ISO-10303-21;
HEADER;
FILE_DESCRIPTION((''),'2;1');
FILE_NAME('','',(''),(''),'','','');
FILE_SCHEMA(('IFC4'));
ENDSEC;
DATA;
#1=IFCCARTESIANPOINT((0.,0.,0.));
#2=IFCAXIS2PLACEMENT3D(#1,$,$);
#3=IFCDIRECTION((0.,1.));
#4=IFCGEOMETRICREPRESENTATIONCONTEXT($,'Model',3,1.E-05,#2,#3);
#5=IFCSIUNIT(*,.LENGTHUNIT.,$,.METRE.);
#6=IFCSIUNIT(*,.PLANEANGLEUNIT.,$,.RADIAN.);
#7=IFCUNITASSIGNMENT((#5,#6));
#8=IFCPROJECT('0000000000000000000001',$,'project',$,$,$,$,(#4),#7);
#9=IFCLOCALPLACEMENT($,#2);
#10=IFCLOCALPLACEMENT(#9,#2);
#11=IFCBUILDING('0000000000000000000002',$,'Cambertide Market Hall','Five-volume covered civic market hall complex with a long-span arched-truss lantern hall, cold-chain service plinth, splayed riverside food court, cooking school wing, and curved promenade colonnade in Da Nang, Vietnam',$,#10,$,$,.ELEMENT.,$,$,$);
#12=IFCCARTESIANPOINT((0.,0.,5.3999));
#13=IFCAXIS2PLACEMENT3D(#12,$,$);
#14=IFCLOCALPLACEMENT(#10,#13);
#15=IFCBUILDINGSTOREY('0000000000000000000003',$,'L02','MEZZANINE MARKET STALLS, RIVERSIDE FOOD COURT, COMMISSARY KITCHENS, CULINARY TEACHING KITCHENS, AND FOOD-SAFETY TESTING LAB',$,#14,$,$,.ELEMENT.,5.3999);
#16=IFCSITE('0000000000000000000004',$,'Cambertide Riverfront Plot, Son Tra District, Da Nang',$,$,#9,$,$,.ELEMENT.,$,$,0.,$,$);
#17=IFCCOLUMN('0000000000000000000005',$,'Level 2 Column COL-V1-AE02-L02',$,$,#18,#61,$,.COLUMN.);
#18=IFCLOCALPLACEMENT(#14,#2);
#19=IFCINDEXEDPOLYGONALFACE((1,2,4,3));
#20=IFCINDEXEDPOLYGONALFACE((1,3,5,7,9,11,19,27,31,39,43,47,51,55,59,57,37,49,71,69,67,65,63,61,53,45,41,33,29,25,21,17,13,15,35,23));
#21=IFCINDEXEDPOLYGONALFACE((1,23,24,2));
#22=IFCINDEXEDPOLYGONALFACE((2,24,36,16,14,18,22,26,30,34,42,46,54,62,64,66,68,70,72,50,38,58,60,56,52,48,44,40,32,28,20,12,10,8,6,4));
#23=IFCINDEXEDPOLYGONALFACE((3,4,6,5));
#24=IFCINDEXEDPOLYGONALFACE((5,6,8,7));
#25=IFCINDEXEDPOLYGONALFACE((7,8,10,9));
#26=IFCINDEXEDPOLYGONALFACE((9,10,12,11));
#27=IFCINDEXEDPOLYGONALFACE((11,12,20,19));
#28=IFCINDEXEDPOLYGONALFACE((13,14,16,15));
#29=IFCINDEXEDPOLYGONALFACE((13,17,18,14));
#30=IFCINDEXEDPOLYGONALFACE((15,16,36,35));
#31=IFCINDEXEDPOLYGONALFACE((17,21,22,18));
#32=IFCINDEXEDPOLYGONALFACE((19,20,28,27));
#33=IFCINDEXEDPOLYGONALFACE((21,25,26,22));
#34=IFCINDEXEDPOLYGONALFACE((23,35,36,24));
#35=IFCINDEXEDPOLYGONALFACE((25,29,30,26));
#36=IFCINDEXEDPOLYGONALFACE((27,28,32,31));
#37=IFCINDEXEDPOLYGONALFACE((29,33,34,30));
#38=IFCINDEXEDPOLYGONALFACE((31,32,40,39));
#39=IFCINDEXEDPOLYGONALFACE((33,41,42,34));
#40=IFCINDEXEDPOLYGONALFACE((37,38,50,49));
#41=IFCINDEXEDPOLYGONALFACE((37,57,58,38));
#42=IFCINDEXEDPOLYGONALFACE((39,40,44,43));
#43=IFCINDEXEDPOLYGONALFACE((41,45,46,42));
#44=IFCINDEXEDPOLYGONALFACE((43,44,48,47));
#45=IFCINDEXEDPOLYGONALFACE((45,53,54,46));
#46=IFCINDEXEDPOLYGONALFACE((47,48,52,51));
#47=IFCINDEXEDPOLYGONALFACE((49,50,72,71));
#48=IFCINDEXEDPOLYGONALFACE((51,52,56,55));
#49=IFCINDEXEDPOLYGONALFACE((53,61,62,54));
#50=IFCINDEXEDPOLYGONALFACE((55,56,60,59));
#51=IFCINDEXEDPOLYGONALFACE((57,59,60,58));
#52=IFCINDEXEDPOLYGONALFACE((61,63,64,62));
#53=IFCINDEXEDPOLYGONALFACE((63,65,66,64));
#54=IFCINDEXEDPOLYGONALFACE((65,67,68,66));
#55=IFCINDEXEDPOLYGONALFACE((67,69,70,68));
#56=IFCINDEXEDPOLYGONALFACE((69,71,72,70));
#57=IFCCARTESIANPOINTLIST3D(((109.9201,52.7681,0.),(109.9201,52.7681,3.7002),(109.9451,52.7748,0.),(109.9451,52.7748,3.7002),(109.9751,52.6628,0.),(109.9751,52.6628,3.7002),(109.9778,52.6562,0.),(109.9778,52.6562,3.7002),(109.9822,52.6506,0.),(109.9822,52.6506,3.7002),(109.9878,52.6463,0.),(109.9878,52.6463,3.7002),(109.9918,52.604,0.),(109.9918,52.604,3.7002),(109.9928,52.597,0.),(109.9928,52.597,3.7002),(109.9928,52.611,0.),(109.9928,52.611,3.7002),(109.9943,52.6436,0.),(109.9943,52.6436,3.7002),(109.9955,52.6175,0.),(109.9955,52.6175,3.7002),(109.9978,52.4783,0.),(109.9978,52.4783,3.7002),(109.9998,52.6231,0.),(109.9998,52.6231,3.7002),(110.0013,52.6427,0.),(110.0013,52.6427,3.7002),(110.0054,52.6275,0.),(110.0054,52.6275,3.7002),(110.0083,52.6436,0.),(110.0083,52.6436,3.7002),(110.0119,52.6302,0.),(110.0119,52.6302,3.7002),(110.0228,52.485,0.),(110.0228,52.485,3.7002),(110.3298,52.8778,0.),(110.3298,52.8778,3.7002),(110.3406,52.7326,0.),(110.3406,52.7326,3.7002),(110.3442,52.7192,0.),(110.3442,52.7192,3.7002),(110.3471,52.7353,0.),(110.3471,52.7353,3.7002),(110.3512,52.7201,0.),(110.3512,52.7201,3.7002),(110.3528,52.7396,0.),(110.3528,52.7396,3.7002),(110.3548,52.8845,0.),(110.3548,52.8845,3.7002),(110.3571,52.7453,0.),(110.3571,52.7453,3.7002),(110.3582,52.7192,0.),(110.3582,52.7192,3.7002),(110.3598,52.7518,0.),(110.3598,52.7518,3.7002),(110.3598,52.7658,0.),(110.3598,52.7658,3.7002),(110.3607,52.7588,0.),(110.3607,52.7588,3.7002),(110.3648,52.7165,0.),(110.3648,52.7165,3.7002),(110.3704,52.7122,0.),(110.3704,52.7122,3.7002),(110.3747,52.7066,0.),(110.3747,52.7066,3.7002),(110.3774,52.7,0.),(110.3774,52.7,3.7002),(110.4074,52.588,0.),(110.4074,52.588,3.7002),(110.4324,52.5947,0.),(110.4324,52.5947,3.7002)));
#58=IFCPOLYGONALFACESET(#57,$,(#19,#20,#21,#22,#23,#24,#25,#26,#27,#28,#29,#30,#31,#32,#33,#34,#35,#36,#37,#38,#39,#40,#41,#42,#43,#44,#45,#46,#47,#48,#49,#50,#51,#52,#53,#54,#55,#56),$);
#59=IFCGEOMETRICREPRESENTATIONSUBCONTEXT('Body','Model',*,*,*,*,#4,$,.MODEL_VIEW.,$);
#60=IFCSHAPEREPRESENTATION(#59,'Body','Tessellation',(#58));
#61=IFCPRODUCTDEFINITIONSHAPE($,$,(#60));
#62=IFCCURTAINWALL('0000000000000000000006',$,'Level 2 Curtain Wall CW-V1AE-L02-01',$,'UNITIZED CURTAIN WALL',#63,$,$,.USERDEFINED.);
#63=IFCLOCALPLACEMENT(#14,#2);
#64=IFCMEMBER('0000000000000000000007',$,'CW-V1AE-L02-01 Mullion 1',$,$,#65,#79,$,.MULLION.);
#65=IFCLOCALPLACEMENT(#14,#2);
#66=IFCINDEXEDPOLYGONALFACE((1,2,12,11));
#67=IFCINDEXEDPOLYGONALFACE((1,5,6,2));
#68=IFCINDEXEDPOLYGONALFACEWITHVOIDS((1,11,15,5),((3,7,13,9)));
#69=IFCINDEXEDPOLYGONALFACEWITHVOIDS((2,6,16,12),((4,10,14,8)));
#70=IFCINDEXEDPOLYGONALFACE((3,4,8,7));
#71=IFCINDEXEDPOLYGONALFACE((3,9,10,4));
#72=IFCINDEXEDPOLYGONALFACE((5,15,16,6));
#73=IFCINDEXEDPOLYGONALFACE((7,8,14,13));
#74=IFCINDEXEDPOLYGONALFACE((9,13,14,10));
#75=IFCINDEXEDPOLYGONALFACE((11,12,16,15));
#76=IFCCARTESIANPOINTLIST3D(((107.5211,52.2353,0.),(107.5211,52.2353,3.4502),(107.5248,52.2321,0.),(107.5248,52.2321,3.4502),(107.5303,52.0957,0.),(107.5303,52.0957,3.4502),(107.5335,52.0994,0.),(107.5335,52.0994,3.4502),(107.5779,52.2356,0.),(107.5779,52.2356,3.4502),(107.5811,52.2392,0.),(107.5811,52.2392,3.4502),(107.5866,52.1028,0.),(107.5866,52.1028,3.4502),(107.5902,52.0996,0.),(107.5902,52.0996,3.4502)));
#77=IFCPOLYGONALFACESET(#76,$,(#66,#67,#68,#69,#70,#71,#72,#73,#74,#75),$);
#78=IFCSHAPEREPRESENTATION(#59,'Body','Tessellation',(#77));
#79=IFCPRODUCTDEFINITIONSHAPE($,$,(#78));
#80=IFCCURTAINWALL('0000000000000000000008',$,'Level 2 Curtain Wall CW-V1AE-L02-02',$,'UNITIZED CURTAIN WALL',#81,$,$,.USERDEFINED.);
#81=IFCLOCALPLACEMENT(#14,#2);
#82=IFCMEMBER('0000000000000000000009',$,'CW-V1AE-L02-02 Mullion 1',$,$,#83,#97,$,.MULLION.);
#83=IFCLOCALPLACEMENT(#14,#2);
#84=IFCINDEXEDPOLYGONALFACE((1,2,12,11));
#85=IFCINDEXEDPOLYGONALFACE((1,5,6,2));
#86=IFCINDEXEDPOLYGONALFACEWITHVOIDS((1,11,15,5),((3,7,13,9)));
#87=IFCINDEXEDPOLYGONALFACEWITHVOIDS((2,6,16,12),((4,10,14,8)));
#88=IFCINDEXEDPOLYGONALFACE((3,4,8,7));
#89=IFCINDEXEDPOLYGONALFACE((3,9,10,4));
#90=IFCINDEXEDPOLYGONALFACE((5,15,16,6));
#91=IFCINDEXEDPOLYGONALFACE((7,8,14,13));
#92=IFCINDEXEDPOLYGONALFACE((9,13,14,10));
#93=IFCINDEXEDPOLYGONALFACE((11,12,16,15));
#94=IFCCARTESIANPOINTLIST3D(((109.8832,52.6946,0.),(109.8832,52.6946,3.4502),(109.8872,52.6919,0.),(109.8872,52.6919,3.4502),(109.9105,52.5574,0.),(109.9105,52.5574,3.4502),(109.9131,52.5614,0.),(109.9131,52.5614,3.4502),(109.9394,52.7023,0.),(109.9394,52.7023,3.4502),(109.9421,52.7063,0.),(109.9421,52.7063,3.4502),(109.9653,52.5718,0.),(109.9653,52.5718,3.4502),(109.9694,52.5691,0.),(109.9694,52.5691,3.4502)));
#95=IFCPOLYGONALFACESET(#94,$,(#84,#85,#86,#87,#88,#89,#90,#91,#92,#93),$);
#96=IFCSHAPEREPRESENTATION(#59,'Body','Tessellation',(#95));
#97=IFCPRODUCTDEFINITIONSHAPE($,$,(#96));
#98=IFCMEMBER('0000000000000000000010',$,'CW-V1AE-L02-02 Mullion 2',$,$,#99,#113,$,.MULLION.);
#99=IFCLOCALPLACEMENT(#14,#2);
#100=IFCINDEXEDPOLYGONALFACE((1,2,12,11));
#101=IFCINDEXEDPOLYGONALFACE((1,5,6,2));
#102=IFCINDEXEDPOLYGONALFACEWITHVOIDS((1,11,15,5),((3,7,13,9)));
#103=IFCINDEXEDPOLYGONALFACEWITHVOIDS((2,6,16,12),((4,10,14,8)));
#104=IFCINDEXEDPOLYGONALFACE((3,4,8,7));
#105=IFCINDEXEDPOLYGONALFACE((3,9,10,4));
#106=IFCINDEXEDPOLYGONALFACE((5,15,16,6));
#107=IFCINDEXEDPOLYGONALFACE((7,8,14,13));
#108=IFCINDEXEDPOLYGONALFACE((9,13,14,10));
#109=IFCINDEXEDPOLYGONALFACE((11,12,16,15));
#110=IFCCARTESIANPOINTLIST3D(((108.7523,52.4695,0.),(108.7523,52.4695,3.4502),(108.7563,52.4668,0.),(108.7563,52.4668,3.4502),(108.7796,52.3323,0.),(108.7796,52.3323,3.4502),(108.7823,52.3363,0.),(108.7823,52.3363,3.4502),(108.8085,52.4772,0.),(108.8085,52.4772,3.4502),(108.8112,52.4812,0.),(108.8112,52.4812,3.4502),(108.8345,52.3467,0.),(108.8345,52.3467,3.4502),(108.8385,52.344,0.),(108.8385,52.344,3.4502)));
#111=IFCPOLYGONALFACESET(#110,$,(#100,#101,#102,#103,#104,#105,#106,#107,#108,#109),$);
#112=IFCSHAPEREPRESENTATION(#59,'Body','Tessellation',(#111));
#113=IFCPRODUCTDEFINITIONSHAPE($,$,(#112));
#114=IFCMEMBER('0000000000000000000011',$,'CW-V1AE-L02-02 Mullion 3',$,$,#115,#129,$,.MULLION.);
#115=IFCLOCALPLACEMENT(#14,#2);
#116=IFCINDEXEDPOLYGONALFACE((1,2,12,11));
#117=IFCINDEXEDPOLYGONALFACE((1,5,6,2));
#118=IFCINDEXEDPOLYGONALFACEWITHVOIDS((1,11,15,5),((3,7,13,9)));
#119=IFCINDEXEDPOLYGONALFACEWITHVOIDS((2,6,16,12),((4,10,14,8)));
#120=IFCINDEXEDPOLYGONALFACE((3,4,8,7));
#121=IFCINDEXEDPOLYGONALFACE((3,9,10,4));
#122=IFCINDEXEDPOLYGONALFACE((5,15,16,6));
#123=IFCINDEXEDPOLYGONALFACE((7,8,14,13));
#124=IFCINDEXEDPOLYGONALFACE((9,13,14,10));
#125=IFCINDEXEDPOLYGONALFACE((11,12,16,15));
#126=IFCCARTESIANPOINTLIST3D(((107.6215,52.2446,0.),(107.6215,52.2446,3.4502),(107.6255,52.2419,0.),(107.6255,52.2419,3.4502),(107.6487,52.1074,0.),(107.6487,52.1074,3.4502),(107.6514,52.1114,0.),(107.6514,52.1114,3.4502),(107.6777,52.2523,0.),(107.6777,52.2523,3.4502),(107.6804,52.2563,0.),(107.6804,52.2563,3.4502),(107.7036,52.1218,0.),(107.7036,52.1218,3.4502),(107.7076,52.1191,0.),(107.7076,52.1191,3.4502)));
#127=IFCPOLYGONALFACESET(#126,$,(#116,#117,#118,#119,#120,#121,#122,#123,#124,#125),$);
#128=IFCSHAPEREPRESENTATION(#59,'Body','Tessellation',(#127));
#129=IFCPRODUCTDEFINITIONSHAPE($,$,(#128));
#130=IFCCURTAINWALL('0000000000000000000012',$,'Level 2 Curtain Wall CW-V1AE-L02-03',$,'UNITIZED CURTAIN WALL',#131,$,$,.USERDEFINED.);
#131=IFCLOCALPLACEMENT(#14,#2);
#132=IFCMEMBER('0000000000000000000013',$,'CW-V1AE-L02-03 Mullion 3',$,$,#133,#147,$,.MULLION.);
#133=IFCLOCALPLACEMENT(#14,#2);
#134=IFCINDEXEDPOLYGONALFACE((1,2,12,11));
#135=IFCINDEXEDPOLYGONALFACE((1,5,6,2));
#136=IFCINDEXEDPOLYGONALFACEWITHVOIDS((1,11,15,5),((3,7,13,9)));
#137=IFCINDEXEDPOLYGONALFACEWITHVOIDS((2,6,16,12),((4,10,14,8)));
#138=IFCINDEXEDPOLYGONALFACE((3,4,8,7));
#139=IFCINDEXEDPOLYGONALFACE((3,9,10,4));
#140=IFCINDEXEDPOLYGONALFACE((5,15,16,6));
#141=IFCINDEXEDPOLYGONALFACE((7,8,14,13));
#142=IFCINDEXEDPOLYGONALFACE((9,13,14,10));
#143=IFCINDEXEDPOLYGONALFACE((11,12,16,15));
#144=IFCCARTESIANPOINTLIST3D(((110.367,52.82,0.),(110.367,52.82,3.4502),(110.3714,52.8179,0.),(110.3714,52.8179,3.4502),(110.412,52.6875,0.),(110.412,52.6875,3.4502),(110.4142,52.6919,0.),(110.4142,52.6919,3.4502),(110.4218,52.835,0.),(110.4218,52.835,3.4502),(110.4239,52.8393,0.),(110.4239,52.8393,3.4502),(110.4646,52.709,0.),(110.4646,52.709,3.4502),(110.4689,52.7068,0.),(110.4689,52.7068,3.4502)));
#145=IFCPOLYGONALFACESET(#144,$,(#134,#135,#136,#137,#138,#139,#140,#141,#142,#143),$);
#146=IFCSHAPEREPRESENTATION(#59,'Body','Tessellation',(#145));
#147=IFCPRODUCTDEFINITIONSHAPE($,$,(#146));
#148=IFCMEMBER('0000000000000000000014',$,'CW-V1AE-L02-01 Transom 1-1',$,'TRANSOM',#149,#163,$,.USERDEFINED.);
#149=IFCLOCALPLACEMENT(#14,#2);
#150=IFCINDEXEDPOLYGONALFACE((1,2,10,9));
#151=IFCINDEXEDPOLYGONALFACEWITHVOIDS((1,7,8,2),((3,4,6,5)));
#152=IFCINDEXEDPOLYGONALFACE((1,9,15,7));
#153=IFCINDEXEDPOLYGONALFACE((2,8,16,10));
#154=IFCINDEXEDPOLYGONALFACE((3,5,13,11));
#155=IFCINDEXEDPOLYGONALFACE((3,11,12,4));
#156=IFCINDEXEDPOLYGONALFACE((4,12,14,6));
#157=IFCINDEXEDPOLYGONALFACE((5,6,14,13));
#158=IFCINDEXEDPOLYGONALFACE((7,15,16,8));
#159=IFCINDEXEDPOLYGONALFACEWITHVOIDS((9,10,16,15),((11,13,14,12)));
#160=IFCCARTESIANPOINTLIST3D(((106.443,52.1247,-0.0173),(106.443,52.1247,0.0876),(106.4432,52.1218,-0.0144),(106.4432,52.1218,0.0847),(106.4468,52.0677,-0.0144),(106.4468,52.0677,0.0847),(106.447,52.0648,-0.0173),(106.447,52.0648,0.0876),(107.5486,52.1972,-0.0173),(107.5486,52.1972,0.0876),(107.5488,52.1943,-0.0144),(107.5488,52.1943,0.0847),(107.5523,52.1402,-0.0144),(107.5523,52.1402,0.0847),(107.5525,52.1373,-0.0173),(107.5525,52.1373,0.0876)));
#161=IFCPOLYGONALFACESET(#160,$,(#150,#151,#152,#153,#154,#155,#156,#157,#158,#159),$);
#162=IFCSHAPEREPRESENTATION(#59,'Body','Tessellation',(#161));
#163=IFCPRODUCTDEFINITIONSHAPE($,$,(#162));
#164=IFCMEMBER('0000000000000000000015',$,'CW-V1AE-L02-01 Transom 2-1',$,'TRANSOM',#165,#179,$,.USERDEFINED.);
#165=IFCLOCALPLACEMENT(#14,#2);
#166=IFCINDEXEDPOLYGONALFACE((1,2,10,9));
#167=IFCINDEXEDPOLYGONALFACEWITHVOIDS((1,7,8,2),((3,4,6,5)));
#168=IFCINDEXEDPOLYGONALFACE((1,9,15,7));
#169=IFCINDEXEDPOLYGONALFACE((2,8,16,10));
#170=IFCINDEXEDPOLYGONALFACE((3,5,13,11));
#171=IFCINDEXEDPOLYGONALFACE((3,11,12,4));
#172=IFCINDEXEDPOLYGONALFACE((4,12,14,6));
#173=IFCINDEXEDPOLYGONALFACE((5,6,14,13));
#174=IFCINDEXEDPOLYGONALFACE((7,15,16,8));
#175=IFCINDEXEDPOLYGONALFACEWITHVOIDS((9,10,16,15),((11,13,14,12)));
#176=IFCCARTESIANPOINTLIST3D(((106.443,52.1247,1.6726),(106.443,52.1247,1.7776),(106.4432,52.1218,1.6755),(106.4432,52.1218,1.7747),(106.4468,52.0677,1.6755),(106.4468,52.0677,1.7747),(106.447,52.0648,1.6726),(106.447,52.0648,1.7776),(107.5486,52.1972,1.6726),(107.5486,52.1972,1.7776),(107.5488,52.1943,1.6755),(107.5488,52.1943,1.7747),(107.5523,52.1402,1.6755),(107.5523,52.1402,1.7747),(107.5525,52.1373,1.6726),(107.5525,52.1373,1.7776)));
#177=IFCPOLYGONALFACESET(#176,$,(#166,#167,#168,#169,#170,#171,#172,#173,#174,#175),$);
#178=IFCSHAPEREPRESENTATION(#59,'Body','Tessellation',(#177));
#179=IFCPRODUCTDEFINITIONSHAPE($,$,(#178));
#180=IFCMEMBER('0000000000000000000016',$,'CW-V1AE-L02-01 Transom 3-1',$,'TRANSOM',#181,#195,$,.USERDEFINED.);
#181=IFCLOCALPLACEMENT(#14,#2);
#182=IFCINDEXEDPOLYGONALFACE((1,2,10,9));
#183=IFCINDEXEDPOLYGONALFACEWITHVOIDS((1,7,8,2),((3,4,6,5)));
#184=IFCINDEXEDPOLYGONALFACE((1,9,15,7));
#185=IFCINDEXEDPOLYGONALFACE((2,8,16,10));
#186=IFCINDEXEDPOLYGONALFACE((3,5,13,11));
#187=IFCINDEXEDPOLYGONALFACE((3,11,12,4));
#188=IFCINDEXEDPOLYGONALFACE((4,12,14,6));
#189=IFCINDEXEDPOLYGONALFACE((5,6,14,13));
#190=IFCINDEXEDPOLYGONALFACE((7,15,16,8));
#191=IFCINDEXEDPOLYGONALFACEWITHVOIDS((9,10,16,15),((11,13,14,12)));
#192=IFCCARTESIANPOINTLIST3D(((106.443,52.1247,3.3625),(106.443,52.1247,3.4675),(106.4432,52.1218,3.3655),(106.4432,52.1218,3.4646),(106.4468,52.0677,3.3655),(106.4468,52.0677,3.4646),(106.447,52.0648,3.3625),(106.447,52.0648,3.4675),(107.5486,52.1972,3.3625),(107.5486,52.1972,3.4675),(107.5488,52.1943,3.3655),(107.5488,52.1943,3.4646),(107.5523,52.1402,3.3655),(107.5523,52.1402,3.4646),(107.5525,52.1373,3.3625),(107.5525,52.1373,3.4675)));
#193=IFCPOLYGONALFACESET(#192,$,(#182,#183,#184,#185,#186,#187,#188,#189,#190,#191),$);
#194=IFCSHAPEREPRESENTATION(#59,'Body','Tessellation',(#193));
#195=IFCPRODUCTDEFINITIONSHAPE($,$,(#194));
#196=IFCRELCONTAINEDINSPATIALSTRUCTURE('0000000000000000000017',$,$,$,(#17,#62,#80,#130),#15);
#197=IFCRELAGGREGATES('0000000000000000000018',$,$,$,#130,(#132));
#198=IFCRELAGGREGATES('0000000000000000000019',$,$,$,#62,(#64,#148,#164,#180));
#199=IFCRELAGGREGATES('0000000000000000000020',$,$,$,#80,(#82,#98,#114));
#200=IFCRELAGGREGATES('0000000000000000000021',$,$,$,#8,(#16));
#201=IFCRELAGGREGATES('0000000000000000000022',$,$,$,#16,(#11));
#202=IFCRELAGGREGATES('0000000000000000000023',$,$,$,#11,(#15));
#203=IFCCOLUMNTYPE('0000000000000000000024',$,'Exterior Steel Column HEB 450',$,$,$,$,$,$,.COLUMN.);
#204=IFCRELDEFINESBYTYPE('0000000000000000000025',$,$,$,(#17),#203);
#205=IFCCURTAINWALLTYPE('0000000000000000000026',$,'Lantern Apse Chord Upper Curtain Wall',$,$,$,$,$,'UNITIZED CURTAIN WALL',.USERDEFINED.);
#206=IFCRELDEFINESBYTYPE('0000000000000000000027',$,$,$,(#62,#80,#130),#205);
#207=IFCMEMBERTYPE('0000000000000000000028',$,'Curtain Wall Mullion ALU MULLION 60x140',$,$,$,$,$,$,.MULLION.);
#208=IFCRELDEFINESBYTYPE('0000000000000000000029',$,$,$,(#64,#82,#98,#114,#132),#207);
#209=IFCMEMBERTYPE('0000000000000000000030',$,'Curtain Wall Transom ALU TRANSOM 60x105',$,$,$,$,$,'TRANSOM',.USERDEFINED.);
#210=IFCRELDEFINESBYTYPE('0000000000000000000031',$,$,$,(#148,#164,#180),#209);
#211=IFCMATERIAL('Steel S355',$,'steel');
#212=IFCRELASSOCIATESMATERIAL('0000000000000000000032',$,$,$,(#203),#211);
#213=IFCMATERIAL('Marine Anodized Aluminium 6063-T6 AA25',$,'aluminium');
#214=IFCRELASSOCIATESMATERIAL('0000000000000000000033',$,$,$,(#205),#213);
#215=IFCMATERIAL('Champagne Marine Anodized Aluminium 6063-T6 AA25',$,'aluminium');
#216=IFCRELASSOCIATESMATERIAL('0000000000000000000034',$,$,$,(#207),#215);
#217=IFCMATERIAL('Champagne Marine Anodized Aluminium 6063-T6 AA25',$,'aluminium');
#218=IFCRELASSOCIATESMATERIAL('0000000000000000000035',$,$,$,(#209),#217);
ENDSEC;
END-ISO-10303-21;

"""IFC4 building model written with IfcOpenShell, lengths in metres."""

from ifc_helpers import new_model, si_unit, direction, frame, origin, origin_2d, place, context, subcontext, project, spatial, hollow_rectangle, i_section, extrude, material, material_profile, profile_set, type_object, element, aggregate, save


model = new_model("IFC4")

# Units and contexts
model_context = context("Model", 3, precision=1e-05, world=origin(), true_north=direction((0.0, 1.0)))
body_context = subcontext(model_context, "Body", "Model", "MODEL_VIEW")
ifc_project = project(units=[si_unit("LENGTHUNIT", "METRE"), si_unit("PLANEANGLEUNIT", "RADIAN")], contexts=[model_context])

# Site, building, storey
site_placement = place(None, origin())
site = spatial("IfcSite", under=ifc_project, at=site_placement, Name="Cambertide Riverfront Plot, Son Tra District, Da Nang", CompositionType="ELEMENT", RefElevation=0.0)
building_placement = place(site_placement, origin())
building = spatial("IfcBuilding", under=site, at=building_placement, Name="Cambertide Market Hall", Description="Five-volume covered civic market hall complex with a long-span arched-truss lantern hall, cold-chain service plinth, splayed riverside food court, cooking school wing, and curved promenade colonnade in Da Nang, Vietnam", CompositionType="ELEMENT")
storey_placement = place(building_placement, frame((0.0, 0.0, 5.3999)))
storey = spatial("IfcBuildingStorey", under=building, at=storey_placement, Name="L02", Description="MEZZANINE MARKET STALLS, RIVERSIDE FOOD COURT, COMMISSARY KITCHENS, CULINARY TEACHING KITCHENS, AND FOOD-SAFETY TESTING LAB", CompositionType="ELEMENT", Elevation=5.3999)

# Column
ifc_material_1 = material(Name="Steel S355", Category="steel")
ifc_material_profile_1 = material_profile(ifc_material_1, i_section(OverallWidth=0.3, OverallDepth=0.45, WebThickness=0.0139, FlangeThickness=0.0259, FilletRadius=0.0271, at=origin_2d()), Name="HEB 450")
ifc_profile_set_1 = profile_set([ifc_material_profile_1], Name="Steel S355")
column_type = type_object("IfcColumnType", Name="Exterior Steel Column HEB 450", PredefinedType="COLUMN", material=ifc_profile_set_1)
column_placement = place(storey_placement, frame((110.1763, 52.6814, 0.0), z_axis=(0.0, 0.0, 1.0), x_axis=(0.258819, -0.965926, 0.0)))
element("IfcColumn", 1, at=column_placement, inside=storey, type_object=column_type, Name="Level 2 Column COL-V1-AE02-L02", PredefinedType="COLUMN", context=body_context, shape_type="SweptSolid", body=[
    extrude(i_section(OverallWidth=0.3, OverallDepth=0.45, WebThickness=0.0139, FlangeThickness=0.0259, FilletRadius=0.0271, at=origin_2d()), origin(), (0.0, 0.0, 1.0), 3.7002),
])

# Curtain wall, member
ifc_material_2 = material(Name="Marine Anodized Aluminium 6063-T6 AA25", Category="aluminium")
curtain_wall_type = type_object("IfcCurtainWallType", Name="Lantern Apse Chord Upper Curtain Wall", ElementType="UNITIZED CURTAIN WALL", PredefinedType="USERDEFINED", material=ifc_material_2)
curtain_wall_1_placement = place(storey_placement, origin())
curtain_wall_1 = element("IfcCurtainWall", 2, at=curtain_wall_1_placement, inside=storey, type_object=curtain_wall_type, Name="Level 2 Curtain Wall CW-V1AE-L02-01", ObjectType="UNITIZED CURTAIN WALL", PredefinedType="USERDEFINED")
ifc_material_3 = material(Name="Champagne Marine Anodized Aluminium 6063-T6 AA25", Category="aluminium")
ifc_material_profile_2 = material_profile(ifc_material_3, hollow_rectangle(XDim=0.0601, YDim=0.1399, WallThickness=0.0034, at=origin_2d()), Name="ALU MULLION 60x140")
ifc_profile_set_2 = profile_set([ifc_material_profile_2], Name="Champagne Marine Anodized Aluminium 6063-T6 AA25")
member_type_1 = type_object("IfcMemberType", Name="Curtain Wall Mullion ALU MULLION 60x140", PredefinedType="MULLION", material=ifc_profile_set_2)
member_1_placement = place(storey_placement, frame((107.5557, 52.1675, 0.0), z_axis=(0.0, 0.0, 1.0), x_axis=(-0.997859, -0.065403, 0.0)))
member_1 = element("IfcMember", 3, at=member_1_placement, type_object=member_type_1, Name="CW-V1AE-L02-01 Mullion 1", PredefinedType="MULLION", context=body_context, shape_type="SweptSolid", body=[
    extrude(hollow_rectangle(XDim=0.0601, YDim=0.1399, WallThickness=0.0034, at=origin_2d()), origin(), (0.0, 0.0, 1.0), 3.4502),
])

# Curtain wall, members
curtain_wall_2_placement = place(storey_placement, origin())
curtain_wall_2 = element("IfcCurtainWall", 4, at=curtain_wall_2_placement, inside=storey, type_object=curtain_wall_type, Name="Level 2 Curtain Wall CW-V1AE-L02-02", ObjectType="UNITIZED CURTAIN WALL", PredefinedType="USERDEFINED")
member_2_placement = place(storey_placement, frame((109.9263, 52.6318, 0.0), z_axis=(0.0, 0.0, 1.0), x_axis=(-0.980785, -0.19509, 0.0)))
member_2 = element("IfcMember", 5, at=member_2_placement, type_object=member_type_1, Name="CW-V1AE-L02-02 Mullion 1", PredefinedType="MULLION", context=body_context, shape_type="SweptSolid", body=[
    extrude(hollow_rectangle(XDim=0.0601, YDim=0.1399, WallThickness=0.0034, at=origin_2d()), origin(), (0.0, 0.0, 1.0), 3.4502),
])
member_3_placement = place(storey_placement, frame((108.7954, 52.4067, 0.0), z_axis=(0.0, 0.0, 1.0), x_axis=(-0.980785, -0.19509, 0.0)))
member_3 = element("IfcMember", 6, at=member_3_placement, type_object=member_type_1, Name="CW-V1AE-L02-02 Mullion 2", PredefinedType="MULLION", context=body_context, shape_type="SweptSolid", body=[
    extrude(hollow_rectangle(XDim=0.0601, YDim=0.1399, WallThickness=0.0034, at=origin_2d()), origin(), (0.0, 0.0, 1.0), 3.4502),
])
member_4_placement = place(storey_placement, frame((107.6646, 52.1819, 0.0), z_axis=(0.0, 0.0, 1.0), x_axis=(-0.980785, -0.19509, 0.0)))
member_4 = element("IfcMember", 7, at=member_4_placement, type_object=member_type_1, Name="CW-V1AE-L02-02 Mullion 3", PredefinedType="MULLION", context=body_context, shape_type="SweptSolid", body=[
    extrude(hollow_rectangle(XDim=0.0601, YDim=0.1399, WallThickness=0.0034, at=origin_2d()), origin(), (0.0, 0.0, 1.0), 3.4502),
])

# Curtain wall, member
curtain_wall_3_placement = place(storey_placement, origin())
curtain_wall_3 = element("IfcCurtainWall", 8, at=curtain_wall_3_placement, inside=storey, type_object=curtain_wall_type, Name="Level 2 Curtain Wall CW-V1AE-L02-03", ObjectType="UNITIZED CURTAIN WALL", PredefinedType="USERDEFINED")
member_5_placement = place(storey_placement, frame((110.418, 52.7634, 0.0), z_axis=(0.0, 0.0, 1.0), x_axis=(-0.94693, -0.321439, 0.0)))
member_5 = element("IfcMember", 9, at=member_5_placement, type_object=member_type_1, Name="CW-V1AE-L02-03 Mullion 3", PredefinedType="MULLION", context=body_context, shape_type="SweptSolid", body=[
    extrude(hollow_rectangle(XDim=0.0601, YDim=0.1399, WallThickness=0.0034, at=origin_2d()), origin(), (0.0, 0.0, 1.0), 3.4502),
])
aggregate(curtain_wall_3, [member_5])

# Members
ifc_material_4 = material(Name="Champagne Marine Anodized Aluminium 6063-T6 AA25", Category="aluminium")
ifc_material_profile_3 = material_profile(ifc_material_4, hollow_rectangle(XDim=0.0601, YDim=0.105, WallThickness=0.0029, at=origin_2d()), Name="ALU TRANSOM 60x105")
ifc_profile_set_3 = profile_set([ifc_material_profile_3], Name="Champagne Marine Anodized Aluminium 6063-T6 AA25")
member_type_2 = type_object("IfcMemberType", Name="Curtain Wall Transom ALU TRANSOM 60x105", ElementType="TRANSOM", PredefinedType="USERDEFINED", material=ifc_profile_set_3)
member_6_placement = place(storey_placement, frame((107.5505, 52.1672, 0.0352), z_axis=(-0.997856, -0.065451, 0.0), x_axis=(0.065451, -0.997856, 0.0)))
member_6 = element("IfcMember", 10, at=member_6_placement, type_object=member_type_2, Name="CW-V1AE-L02-01 Transom 1-1", ObjectType="TRANSOM", PredefinedType="USERDEFINED", context=body_context, shape_type="SweptSolid", body=[
    extrude(hollow_rectangle(XDim=0.0601, YDim=0.105, WallThickness=0.0029, at=origin_2d()), origin(), (0.0, 0.0, 1.0), 1.1079),
])
member_7_placement = place(storey_placement, frame((107.5505, 52.1672, 1.7251), z_axis=(-0.997856, -0.065451, 0.0), x_axis=(0.065451, -0.997856, 0.0)))
member_7 = element("IfcMember", 11, at=member_7_placement, type_object=member_type_2, Name="CW-V1AE-L02-01 Transom 2-1", ObjectType="TRANSOM", PredefinedType="USERDEFINED", context=body_context, shape_type="SweptSolid", body=[
    extrude(hollow_rectangle(XDim=0.0601, YDim=0.105, WallThickness=0.0029, at=origin_2d()), origin(), (0.0, 0.0, 1.0), 1.1079),
])
member_8_placement = place(storey_placement, frame((107.5505, 52.1672, 3.415), z_axis=(-0.997856, -0.065451, 0.0), x_axis=(0.065451, -0.997856, 0.0)))
member_8 = element("IfcMember", 12, at=member_8_placement, type_object=member_type_2, Name="CW-V1AE-L02-01 Transom 3-1", ObjectType="TRANSOM", PredefinedType="USERDEFINED", context=body_context, shape_type="SweptSolid", body=[
    extrude(hollow_rectangle(XDim=0.0601, YDim=0.105, WallThickness=0.0029, at=origin_2d()), origin(), (0.0, 0.0, 1.0), 1.1079),
])

aggregate(curtain_wall_1, [member_1, member_6, member_7, member_8])
aggregate(curtain_wall_2, [member_2, member_3, member_4])

save(model, "model.ifc")
